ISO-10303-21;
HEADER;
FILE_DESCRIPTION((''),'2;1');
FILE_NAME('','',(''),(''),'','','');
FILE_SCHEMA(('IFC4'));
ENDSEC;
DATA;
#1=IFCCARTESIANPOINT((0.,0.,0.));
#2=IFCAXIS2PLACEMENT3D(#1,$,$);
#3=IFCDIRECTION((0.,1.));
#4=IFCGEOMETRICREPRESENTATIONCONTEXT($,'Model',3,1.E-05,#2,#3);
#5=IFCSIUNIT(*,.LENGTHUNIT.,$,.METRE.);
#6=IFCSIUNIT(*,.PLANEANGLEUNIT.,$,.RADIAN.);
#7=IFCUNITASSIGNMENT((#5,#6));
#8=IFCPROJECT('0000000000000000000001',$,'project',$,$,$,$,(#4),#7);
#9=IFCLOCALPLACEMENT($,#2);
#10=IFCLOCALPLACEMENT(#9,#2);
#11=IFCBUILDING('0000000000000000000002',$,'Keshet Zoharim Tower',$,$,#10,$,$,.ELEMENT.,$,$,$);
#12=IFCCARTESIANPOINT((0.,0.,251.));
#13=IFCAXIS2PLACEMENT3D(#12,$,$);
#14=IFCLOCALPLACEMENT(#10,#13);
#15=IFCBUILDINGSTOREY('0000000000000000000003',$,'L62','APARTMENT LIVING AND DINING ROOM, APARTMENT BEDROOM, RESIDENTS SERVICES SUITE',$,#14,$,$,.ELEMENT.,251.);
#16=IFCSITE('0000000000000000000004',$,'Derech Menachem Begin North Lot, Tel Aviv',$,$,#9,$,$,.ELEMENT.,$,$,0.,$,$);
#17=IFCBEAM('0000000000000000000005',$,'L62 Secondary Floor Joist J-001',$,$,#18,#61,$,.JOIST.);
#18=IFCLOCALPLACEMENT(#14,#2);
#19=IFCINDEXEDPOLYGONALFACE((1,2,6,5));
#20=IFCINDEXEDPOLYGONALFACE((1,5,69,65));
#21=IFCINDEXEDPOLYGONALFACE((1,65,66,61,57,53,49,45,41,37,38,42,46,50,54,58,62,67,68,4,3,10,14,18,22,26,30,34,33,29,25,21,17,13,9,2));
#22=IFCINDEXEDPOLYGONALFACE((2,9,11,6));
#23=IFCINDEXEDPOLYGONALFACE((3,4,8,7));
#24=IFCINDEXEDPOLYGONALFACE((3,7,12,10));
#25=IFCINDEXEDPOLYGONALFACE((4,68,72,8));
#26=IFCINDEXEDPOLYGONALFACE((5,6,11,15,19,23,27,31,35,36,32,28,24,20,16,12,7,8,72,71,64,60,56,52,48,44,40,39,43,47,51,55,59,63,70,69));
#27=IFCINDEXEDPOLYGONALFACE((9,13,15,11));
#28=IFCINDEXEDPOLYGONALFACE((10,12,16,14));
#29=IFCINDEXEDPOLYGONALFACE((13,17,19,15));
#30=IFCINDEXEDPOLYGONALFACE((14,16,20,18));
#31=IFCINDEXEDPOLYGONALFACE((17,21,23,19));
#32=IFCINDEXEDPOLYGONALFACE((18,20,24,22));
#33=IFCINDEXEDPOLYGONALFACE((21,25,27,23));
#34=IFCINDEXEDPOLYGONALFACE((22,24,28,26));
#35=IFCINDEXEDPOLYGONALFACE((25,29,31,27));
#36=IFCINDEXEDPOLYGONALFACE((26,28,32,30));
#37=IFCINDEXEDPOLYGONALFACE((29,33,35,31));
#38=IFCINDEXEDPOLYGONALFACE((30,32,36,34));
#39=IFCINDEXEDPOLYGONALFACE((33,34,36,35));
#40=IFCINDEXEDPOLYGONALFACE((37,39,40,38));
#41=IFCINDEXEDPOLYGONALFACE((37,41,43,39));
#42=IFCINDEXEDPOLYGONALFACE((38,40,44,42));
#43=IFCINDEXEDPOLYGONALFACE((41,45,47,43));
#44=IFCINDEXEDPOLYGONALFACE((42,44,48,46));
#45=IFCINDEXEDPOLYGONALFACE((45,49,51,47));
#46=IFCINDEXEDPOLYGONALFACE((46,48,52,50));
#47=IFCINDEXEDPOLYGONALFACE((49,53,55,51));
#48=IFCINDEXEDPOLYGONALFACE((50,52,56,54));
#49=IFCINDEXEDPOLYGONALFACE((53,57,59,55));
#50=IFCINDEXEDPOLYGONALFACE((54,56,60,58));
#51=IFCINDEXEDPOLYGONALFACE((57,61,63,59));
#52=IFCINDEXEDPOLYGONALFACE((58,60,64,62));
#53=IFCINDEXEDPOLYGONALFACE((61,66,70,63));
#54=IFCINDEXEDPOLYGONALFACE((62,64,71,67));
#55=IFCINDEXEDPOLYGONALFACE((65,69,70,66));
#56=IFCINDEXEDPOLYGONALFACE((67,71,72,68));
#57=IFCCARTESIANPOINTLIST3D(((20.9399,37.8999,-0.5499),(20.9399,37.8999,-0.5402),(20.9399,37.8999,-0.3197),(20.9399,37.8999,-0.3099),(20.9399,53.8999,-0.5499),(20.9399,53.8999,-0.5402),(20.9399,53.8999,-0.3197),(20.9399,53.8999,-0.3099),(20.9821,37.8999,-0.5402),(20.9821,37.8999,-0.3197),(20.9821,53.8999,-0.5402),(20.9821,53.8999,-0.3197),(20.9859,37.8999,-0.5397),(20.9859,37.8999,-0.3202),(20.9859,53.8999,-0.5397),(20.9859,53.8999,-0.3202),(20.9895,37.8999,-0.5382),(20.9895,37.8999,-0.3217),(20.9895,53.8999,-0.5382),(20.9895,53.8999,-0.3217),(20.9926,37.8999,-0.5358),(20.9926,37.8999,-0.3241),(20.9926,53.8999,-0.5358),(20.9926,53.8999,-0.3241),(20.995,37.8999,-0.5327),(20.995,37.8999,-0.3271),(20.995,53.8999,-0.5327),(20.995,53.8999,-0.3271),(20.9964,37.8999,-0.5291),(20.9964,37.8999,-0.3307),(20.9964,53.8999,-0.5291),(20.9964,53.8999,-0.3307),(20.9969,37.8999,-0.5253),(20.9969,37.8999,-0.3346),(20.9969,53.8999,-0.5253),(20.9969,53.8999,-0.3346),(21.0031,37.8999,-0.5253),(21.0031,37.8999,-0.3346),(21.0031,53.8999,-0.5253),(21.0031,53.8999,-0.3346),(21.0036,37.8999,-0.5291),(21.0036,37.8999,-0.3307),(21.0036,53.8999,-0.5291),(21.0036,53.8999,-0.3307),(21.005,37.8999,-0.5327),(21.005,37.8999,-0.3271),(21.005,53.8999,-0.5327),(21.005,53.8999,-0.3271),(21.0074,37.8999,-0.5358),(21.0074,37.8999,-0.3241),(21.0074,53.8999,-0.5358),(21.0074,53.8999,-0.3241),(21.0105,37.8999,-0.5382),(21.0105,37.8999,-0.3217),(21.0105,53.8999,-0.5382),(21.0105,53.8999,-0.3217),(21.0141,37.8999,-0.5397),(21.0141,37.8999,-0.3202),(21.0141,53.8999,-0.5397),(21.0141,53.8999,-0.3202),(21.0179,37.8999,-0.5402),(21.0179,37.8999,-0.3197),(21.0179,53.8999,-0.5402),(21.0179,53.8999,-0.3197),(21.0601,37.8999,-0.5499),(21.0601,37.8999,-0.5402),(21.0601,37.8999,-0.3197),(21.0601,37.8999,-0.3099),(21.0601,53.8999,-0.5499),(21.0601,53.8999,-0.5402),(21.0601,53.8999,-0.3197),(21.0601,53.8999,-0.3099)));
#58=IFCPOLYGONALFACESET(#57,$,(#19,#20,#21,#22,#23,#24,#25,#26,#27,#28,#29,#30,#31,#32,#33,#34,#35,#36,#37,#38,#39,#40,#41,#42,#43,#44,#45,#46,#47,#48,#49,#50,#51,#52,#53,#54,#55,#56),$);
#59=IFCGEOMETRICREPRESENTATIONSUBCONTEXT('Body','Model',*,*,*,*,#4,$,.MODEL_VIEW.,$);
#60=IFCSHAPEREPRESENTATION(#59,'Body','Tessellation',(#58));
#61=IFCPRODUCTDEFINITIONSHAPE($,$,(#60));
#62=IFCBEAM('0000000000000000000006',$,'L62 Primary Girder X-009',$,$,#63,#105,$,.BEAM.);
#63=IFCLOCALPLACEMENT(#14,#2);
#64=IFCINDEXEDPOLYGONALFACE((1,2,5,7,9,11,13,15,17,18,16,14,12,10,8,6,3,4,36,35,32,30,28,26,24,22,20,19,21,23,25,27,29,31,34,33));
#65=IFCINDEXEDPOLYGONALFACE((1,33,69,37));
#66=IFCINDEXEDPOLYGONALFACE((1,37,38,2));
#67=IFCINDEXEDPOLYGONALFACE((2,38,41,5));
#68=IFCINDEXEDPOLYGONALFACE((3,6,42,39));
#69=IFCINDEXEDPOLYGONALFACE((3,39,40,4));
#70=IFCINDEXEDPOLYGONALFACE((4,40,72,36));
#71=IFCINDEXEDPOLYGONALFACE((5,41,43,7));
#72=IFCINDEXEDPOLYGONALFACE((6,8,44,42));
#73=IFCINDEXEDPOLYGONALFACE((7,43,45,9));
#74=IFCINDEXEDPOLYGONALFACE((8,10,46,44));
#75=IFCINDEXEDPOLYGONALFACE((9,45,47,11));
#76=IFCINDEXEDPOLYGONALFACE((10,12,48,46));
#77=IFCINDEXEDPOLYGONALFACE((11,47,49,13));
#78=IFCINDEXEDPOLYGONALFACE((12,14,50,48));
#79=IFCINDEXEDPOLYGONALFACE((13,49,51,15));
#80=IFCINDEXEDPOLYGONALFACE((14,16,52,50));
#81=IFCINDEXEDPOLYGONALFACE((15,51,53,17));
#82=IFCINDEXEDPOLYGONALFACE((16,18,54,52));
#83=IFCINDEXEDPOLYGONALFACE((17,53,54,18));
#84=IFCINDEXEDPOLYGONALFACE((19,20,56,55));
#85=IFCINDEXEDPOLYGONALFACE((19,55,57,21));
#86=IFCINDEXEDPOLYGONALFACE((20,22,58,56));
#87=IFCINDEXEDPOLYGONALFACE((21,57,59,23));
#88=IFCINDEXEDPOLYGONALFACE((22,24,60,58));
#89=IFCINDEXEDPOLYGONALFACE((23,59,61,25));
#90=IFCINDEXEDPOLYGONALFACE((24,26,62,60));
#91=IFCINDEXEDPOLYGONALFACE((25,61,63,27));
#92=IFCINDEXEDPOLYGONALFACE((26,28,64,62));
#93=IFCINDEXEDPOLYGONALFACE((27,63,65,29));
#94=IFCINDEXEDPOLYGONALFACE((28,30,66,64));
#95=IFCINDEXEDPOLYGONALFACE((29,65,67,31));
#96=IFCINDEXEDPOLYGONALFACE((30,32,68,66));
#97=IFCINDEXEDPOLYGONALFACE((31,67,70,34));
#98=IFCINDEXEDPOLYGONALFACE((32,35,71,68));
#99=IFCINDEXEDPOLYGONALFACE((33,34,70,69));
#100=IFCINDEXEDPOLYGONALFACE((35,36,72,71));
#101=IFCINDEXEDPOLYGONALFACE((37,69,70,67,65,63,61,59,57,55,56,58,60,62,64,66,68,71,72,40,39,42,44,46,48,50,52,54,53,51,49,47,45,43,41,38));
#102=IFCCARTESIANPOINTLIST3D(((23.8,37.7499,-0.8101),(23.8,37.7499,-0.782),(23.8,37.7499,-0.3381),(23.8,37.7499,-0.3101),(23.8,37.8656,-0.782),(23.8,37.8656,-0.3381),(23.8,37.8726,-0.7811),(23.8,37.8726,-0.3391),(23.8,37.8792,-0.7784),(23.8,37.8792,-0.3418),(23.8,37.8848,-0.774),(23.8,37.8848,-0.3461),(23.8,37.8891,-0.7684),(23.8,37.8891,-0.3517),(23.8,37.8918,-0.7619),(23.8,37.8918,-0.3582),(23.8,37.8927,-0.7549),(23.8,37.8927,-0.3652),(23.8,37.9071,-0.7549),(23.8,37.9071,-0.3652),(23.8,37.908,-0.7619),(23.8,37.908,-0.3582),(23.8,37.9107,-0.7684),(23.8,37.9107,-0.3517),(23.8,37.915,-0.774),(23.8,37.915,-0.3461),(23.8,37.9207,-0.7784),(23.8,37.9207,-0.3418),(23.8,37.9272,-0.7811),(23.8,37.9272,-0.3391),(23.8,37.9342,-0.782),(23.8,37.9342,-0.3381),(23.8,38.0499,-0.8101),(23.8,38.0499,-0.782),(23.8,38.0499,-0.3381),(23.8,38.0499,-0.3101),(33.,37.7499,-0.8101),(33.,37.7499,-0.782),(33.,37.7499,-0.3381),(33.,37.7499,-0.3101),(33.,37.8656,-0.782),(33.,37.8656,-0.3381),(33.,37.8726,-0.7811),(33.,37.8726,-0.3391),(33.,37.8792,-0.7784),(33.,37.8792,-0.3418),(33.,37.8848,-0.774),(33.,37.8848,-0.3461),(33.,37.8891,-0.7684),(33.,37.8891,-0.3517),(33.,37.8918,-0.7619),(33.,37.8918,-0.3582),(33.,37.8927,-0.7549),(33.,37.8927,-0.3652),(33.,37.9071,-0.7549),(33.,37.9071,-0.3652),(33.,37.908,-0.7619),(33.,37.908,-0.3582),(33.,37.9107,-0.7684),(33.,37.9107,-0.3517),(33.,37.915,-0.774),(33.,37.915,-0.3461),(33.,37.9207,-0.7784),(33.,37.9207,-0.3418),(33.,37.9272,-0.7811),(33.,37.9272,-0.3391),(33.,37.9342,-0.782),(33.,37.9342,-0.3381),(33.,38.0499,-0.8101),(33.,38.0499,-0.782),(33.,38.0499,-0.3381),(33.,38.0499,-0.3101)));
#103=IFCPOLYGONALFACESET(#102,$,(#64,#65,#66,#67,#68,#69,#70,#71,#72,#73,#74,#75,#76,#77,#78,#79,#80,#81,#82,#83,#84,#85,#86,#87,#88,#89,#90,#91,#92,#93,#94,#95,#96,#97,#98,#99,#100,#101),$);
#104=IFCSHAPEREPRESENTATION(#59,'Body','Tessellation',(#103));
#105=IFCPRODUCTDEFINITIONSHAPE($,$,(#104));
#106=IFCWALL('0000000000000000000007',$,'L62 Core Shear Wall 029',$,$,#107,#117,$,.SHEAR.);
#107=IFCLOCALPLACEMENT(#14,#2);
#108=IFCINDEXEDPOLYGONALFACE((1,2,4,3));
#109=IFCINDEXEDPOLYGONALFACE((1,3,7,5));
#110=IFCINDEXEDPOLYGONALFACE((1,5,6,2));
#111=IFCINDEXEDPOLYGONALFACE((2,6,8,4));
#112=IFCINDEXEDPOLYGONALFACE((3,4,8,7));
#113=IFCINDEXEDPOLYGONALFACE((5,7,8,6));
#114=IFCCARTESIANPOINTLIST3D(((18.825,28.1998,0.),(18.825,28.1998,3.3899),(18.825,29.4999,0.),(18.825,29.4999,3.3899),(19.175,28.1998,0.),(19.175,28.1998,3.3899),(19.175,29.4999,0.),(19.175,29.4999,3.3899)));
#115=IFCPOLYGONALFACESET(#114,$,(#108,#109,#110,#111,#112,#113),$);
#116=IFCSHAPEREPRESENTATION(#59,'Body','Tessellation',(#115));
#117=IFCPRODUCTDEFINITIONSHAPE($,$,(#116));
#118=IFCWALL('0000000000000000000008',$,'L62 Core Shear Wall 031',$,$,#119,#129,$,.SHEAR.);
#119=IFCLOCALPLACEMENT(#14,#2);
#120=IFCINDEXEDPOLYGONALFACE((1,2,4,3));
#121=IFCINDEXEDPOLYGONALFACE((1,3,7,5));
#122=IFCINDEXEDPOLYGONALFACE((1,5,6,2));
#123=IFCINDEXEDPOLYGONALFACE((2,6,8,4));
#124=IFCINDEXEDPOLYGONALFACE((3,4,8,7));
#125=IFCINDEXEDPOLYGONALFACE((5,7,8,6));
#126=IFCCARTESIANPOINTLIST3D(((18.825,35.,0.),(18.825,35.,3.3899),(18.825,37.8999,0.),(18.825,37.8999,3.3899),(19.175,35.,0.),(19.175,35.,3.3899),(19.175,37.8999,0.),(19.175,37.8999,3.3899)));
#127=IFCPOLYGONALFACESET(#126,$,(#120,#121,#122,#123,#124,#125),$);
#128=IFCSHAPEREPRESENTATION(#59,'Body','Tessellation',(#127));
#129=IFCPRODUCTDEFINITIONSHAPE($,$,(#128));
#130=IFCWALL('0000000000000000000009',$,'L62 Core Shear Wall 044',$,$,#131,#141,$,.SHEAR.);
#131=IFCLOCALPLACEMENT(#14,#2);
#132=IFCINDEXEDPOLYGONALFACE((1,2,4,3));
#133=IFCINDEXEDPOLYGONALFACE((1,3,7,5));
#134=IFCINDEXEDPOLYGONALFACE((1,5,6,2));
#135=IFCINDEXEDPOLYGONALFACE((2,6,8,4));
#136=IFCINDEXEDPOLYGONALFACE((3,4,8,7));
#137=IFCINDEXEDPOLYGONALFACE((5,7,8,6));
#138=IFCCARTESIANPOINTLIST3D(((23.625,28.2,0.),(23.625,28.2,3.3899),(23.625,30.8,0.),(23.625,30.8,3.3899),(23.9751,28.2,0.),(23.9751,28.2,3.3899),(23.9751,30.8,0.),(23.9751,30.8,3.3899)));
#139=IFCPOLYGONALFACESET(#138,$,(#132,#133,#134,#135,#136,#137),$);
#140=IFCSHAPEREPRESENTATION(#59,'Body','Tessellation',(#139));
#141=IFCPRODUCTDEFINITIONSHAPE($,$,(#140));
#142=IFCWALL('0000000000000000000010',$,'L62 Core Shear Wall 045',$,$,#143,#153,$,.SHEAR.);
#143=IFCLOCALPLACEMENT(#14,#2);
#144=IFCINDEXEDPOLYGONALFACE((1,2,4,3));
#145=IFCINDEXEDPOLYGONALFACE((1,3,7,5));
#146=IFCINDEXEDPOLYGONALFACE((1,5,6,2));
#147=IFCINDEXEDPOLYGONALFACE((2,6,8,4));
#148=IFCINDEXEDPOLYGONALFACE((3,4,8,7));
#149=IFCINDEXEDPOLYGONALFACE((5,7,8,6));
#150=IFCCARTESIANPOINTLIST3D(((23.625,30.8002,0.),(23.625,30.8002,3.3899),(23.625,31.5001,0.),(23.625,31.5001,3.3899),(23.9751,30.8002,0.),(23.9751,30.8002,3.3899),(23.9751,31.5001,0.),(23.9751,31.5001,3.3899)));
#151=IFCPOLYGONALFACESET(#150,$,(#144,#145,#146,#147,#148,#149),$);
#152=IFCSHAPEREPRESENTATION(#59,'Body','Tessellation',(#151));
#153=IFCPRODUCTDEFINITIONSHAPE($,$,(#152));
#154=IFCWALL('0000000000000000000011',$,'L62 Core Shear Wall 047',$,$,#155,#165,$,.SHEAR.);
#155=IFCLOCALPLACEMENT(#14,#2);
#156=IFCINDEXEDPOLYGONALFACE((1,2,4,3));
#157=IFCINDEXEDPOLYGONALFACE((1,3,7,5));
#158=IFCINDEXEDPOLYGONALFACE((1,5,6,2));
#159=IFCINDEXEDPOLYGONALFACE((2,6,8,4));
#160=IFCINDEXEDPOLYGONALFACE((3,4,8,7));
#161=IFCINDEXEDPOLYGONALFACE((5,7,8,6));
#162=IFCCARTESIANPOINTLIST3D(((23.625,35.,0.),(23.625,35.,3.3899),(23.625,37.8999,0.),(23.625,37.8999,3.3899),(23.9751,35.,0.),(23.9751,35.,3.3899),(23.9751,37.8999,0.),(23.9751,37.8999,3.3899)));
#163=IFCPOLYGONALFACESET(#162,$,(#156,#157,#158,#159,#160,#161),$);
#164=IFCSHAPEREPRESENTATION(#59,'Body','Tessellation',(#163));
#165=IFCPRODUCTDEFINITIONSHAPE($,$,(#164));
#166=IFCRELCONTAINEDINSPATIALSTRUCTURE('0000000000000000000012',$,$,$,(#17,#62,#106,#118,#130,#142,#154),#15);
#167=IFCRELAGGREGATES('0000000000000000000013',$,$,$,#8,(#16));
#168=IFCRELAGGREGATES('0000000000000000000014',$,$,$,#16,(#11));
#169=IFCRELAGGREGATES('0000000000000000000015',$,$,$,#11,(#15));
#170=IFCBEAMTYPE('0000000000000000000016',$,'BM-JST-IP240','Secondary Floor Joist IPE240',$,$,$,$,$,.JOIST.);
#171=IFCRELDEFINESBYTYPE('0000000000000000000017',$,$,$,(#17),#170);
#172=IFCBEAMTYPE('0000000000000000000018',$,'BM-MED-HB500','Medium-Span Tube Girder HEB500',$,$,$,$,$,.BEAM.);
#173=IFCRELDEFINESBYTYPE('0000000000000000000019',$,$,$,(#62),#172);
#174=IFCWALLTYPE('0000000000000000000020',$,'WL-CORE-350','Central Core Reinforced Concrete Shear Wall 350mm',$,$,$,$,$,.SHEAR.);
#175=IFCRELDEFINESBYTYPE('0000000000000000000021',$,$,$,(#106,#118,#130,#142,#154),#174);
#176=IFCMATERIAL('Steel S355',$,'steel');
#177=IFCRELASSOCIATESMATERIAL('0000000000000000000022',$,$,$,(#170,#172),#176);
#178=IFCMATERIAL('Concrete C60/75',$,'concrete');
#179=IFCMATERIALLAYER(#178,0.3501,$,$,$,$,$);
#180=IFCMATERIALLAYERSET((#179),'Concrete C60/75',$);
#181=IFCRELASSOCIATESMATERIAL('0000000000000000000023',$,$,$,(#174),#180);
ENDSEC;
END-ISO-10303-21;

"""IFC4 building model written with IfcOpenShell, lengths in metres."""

from ifc_helpers import new_model, si_unit, direction, frame, frame_2d, origin, origin_2d, place, context, subcontext, project, spatial, rectangle, i_section, extrude, material, layer, layer_set, material_profile, profile_set, type_object, element, save


model = new_model("IFC4")

# Units and contexts
model_context = context("Model", 3, precision=1e-05, world=origin(), true_north=direction((0.0, 1.0)))
body_context = subcontext(model_context, "Body", "Model", "MODEL_VIEW")
ifc_project = project(units=[si_unit("LENGTHUNIT", "METRE"), si_unit("PLANEANGLEUNIT", "RADIAN")], contexts=[model_context])

# Site, building, storey
site_placement = place(None, origin())
site = spatial("IfcSite", under=ifc_project, at=site_placement, Name="Derech Menachem Begin North Lot, Tel Aviv", CompositionType="ELEMENT", RefElevation=0.0)
building_placement = place(site_placement, origin())
building = spatial("IfcBuilding", under=site, at=building_placement, Name="Keshet Zoharim Tower", CompositionType="ELEMENT")
storey_placement = place(building_placement, frame((0.0, 0.0, 251.0)))
storey = spatial("IfcBuildingStorey", under=building, at=storey_placement, Name="L62", Description="APARTMENT LIVING AND DINING ROOM, APARTMENT BEDROOM, RESIDENTS SERVICES SUITE", CompositionType="ELEMENT", Elevation=251.0)

# Beams
ifc_material_1 = material(Name="Steel S355", Category="steel")
ifc_material_profile_1 = material_profile(ifc_material_1, i_section(OverallWidth=0.1201, OverallDepth=0.24, WebThickness=0.0061, FlangeThickness=0.0098, FilletRadius=0.0149, at=origin_2d()), Name="IPE240")
ifc_profile_set_1 = profile_set([ifc_material_profile_1], Name="Steel S355")
beam_type_1 = type_object("IfcBeamType", Name="BM-JST-IP240", Description="Secondary Floor Joist IPE240", PredefinedType="JOIST", material=ifc_profile_set_1)
beam_1_placement = place(storey_placement, frame((21.0, 37.8999, -0.4299), z_axis=(0.0, 1.0, 0.0), x_axis=(-1.0, 0.0, 0.0)))
element("IfcBeam", 1, at=beam_1_placement, inside=storey, type_object=beam_type_1, Name="L62 Secondary Floor Joist J-001", PredefinedType="JOIST", context=body_context, shape_type="SweptSolid", body=[
    extrude(i_section(OverallWidth=0.1201, OverallDepth=0.24, WebThickness=0.0061, FlangeThickness=0.0098, FilletRadius=0.0149, at=origin_2d()), origin(), (0.0, 0.0, 1.0), 16.0),
])
ifc_material_profile_2 = material_profile(ifc_material_1, i_section(OverallWidth=0.3, OverallDepth=0.5, WebThickness=0.0144, FlangeThickness=0.0281, FilletRadius=0.0271, at=origin_2d()), Name="HEB500")
ifc_profile_set_2 = profile_set([ifc_material_profile_2], Name="Steel S355")
beam_type_2 = type_object("IfcBeamType", Name="BM-MED-HB500", Description="Medium-Span Tube Girder HEB500", PredefinedType="BEAM", material=ifc_profile_set_2)
beam_2_placement = place(storey_placement, frame((23.8, 37.8999, -0.5601), z_axis=(1.0, 0.0, 0.0), x_axis=(0.0, 1.0, 0.0)))
element("IfcBeam", 2, at=beam_2_placement, inside=storey, type_object=beam_type_2, Name="L62 Primary Girder X-009", PredefinedType="BEAM", context=body_context, shape_type="SweptSolid", body=[
    extrude(i_section(OverallWidth=0.3, OverallDepth=0.5, WebThickness=0.0144, FlangeThickness=0.0281, FilletRadius=0.0271, at=origin_2d()), origin(), (0.0, 0.0, 1.0), 9.2),
])

# Wall
ifc_material_2 = material(Name="Concrete C60/75", Category="concrete")
ifc_layer_1 = layer(ifc_material_2, 0.3501)
ifc_layer_set_1 = layer_set([ifc_layer_1], Name="Concrete C60/75")
wall_type_1 = type_object("IfcWallType", Name="WL-CORE-350", Description="Central Core Reinforced Concrete Shear Wall 350mm", PredefinedType="SHEAR", material=ifc_layer_set_1)
wall_1_placement = place(storey_placement, frame((19.0, 28.2, 0.0), z_axis=(0.0, 0.0, 1.0), x_axis=(0.0, 1.0, 0.0)))
element("IfcWall", 3, at=wall_1_placement, inside=storey, type_object=wall_type_1, Name="L62 Core Shear Wall 029", PredefinedType="SHEAR", context=body_context, shape_type="SweptSolid", body=[
    extrude(rectangle(XDim=1.3, YDim=0.3501, at=frame_2d((0.6499, 0.0))), origin(), (0.0, 0.0, 1.0), 3.3899),
])

# Walls
wall_2_placement = place(storey_placement, frame((19.0, 35.0, 0.0), z_axis=(0.0, 0.0, 1.0), x_axis=(0.0, 1.0, 0.0)))
element("IfcWall", 4, at=wall_2_placement, inside=storey, type_object=wall_type_1, Name="L62 Core Shear Wall 031", PredefinedType="SHEAR", context=body_context, shape_type="SweptSolid", body=[
    extrude(rectangle(XDim=2.8999, YDim=0.3501, at=frame_2d((1.45, 0.0))), origin(), (0.0, 0.0, 1.0), 3.3899),
])
wall_3_placement = place(storey_placement, frame((23.8, 28.2, 0.0), z_axis=(0.0, 0.0, 1.0), x_axis=(0.0, 1.0, 0.0)))
element("IfcWall", 5, at=wall_3_placement, inside=storey, type_object=wall_type_1, Name="L62 Core Shear Wall 044", PredefinedType="SHEAR", context=body_context, shape_type="SweptSolid", body=[
    extrude(rectangle(XDim=2.6001, YDim=0.3501, at=frame_2d((1.3, 0.0))), origin(), (0.0, 0.0, 1.0), 3.3899),
])
wall_4_placement = place(storey_placement, frame((23.8, 30.8, 0.0), z_axis=(0.0, 0.0, 1.0), x_axis=(0.0, 1.0, 0.0)))
element("IfcWall", 6, at=wall_4_placement, inside=storey, type_object=wall_type_1, Name="L62 Core Shear Wall 045", PredefinedType="SHEAR", context=body_context, shape_type="SweptSolid", body=[
    extrude(rectangle(XDim=0.7, YDim=0.3501, at=frame_2d((0.3501, 0.0))), origin(), (0.0, 0.0, 1.0), 3.3899),
])

# Wall
wall_5_placement = place(storey_placement, frame((23.8, 35.0, 0.0), z_axis=(0.0, 0.0, 1.0), x_axis=(0.0, 1.0, 0.0)))
element("IfcWall", 7, at=wall_5_placement, inside=storey, type_object=wall_type_1, Name="L62 Core Shear Wall 047", PredefinedType="SHEAR", context=body_context, shape_type="SweptSolid", body=[
    extrude(rectangle(XDim=2.8999, YDim=0.3501, at=frame_2d((1.45, 0.0))), origin(), (0.0, 0.0, 1.0), 3.3899),
])

save(model, "model.ifc")
